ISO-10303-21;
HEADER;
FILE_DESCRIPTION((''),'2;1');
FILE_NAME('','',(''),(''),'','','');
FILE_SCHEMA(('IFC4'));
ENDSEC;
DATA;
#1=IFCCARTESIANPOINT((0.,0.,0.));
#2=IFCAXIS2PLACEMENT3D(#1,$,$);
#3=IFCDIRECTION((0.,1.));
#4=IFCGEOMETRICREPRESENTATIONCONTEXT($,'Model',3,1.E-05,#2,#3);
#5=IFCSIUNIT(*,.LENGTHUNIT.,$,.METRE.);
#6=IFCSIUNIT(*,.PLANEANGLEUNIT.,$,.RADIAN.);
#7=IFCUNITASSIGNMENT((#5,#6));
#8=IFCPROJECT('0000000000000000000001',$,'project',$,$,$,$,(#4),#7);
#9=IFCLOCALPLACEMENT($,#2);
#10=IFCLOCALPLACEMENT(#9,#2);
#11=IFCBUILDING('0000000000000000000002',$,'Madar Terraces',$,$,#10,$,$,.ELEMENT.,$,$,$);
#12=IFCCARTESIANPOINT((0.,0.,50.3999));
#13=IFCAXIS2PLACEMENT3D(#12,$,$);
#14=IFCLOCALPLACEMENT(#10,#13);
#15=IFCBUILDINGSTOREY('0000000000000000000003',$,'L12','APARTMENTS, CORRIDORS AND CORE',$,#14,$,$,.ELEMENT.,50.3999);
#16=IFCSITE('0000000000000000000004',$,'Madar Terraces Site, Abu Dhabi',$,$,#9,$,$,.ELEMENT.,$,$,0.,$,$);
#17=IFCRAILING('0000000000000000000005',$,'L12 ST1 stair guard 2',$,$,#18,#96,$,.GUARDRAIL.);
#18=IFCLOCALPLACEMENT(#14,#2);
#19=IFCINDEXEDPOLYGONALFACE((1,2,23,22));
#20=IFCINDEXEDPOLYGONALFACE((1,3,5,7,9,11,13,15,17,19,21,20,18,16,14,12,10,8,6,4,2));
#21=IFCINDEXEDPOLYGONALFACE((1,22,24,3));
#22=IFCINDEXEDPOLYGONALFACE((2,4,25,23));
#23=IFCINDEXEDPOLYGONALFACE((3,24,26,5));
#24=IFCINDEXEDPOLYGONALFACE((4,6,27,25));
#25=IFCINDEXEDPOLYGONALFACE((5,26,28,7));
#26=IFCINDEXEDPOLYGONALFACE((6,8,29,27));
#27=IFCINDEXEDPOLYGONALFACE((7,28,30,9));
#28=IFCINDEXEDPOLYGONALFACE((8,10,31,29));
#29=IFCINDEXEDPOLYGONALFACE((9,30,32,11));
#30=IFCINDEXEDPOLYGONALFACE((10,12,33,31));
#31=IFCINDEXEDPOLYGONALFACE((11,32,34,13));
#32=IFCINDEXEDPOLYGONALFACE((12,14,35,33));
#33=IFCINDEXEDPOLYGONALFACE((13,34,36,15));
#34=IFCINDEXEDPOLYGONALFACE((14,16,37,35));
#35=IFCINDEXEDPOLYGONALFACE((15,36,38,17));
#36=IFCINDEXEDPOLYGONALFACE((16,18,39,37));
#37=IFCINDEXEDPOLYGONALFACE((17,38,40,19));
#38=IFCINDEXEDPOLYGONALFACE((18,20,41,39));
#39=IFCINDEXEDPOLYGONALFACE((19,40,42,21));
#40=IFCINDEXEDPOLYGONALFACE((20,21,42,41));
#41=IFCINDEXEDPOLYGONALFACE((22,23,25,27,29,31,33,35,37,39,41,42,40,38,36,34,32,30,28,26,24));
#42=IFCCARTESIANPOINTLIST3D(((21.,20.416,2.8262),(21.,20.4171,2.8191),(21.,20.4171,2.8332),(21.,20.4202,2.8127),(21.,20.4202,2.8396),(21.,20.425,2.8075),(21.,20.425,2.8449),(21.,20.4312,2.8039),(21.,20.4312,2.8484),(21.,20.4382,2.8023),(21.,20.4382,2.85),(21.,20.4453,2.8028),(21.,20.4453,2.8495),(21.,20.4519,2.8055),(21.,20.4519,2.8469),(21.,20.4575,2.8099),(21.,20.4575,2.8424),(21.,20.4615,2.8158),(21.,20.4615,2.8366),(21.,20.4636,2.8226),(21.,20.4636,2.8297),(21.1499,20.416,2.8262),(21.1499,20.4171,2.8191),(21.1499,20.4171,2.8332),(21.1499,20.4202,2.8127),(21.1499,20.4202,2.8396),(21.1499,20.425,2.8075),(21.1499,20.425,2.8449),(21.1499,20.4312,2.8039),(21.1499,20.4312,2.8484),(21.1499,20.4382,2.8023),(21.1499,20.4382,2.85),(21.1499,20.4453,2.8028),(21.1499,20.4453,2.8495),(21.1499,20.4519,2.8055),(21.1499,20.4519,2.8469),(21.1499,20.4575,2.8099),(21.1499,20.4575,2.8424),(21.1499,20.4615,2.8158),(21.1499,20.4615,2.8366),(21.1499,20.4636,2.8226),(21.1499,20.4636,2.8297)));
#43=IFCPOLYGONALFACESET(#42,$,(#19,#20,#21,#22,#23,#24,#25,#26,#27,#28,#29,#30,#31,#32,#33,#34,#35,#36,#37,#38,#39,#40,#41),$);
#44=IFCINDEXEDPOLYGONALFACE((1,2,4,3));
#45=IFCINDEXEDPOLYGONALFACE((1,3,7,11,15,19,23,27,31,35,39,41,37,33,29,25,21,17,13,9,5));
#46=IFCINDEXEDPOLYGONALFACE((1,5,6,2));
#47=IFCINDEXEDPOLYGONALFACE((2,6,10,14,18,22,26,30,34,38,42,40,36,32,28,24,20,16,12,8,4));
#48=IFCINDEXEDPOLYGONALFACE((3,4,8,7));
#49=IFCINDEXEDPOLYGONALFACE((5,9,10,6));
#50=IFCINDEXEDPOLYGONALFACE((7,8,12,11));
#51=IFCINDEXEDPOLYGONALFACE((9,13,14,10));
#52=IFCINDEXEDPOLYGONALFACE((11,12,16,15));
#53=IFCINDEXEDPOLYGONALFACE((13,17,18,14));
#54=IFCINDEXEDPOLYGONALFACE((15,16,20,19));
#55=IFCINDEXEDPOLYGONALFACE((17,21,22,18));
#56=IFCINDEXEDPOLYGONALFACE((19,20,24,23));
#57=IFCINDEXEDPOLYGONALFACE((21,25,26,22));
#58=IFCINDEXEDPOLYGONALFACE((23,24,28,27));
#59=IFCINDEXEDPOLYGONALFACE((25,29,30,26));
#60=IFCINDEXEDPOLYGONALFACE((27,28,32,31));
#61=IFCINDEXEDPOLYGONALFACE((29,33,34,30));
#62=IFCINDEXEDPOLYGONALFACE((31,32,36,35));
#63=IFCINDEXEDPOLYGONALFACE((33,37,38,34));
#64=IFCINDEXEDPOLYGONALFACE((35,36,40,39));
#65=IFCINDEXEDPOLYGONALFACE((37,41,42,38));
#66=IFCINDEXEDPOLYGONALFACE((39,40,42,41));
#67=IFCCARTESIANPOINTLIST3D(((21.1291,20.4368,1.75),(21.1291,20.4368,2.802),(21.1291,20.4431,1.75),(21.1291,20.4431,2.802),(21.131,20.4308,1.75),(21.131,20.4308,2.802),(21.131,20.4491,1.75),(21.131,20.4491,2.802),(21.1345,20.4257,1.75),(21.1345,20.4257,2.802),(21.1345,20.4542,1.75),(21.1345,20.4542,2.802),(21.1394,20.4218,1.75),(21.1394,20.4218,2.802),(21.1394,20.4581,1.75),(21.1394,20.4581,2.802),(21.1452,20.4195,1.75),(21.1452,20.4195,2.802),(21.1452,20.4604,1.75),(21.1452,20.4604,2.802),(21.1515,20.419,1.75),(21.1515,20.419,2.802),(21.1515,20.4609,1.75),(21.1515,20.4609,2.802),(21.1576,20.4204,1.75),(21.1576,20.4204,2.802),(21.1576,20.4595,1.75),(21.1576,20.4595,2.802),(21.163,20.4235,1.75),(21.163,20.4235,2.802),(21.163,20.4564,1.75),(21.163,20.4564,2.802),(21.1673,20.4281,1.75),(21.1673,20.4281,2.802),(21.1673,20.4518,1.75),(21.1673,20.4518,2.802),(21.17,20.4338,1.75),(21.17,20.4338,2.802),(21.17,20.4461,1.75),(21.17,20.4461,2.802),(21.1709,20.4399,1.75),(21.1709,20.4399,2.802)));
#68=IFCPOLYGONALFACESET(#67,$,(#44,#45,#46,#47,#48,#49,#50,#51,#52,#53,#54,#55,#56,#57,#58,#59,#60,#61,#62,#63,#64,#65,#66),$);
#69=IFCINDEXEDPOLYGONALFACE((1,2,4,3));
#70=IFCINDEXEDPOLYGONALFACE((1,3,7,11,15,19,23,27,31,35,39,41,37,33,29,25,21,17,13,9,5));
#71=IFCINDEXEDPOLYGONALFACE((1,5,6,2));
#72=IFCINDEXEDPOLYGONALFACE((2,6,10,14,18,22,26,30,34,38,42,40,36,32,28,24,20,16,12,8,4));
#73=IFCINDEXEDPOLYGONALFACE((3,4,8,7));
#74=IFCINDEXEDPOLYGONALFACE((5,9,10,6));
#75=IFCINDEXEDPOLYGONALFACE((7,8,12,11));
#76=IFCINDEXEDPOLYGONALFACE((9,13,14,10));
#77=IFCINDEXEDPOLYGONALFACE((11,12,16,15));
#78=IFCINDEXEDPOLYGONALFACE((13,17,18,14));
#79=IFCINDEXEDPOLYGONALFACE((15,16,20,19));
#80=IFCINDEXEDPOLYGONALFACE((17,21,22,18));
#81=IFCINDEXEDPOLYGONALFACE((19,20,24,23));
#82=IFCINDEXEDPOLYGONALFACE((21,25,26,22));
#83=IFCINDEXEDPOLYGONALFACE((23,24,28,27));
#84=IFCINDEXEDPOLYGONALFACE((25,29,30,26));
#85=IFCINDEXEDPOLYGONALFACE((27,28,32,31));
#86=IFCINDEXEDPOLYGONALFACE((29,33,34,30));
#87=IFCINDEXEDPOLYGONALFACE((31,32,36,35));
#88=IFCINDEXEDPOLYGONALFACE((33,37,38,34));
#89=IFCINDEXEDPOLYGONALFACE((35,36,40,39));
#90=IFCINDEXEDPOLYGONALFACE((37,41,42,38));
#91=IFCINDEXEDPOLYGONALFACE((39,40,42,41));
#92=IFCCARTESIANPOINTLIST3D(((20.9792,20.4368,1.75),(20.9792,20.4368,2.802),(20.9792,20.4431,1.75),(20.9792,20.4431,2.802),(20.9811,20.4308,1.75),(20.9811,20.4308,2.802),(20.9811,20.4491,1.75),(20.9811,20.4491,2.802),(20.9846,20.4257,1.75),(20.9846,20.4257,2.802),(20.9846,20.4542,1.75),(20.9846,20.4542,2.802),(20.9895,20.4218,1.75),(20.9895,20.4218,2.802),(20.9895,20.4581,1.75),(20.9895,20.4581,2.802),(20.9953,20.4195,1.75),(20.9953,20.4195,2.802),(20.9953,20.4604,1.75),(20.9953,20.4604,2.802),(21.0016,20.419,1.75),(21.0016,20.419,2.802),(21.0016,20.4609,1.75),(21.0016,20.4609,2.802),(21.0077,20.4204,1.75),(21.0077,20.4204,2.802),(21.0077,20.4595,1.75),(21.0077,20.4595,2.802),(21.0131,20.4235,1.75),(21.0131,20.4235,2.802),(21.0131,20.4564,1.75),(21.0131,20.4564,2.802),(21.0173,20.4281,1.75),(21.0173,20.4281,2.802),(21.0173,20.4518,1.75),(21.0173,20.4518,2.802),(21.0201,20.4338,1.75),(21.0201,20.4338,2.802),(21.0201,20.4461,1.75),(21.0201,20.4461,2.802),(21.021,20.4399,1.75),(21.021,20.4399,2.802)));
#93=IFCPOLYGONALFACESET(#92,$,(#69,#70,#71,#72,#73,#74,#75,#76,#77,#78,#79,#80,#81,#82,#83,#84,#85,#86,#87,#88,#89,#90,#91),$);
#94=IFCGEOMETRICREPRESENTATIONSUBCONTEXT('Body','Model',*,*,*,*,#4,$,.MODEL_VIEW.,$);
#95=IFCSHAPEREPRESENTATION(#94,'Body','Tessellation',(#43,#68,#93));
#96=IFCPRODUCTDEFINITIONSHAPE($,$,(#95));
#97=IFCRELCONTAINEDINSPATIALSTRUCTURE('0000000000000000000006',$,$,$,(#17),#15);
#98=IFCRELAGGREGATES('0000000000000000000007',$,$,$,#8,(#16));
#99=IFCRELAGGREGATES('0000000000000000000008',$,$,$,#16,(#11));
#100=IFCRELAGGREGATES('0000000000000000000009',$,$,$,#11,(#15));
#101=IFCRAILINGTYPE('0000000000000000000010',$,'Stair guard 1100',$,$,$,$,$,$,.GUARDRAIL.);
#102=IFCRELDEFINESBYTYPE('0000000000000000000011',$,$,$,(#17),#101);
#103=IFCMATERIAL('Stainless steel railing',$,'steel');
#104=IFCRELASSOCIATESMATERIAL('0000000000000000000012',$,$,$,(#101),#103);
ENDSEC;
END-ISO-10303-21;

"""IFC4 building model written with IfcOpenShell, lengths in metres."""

from ifc_helpers import new_model, si_unit, direction, frame, origin, origin_2d, place, context, subcontext, project, spatial, circle, extrude, material, type_object, element, save


model = new_model("IFC4")

# Units and contexts
model_context = context("Model", 3, precision=1e-05, world=origin(), true_north=direction((0.0, 1.0)))
body_context = subcontext(model_context, "Body", "Model", "MODEL_VIEW")
ifc_project = project(units=[si_unit("LENGTHUNIT", "METRE"), si_unit("PLANEANGLEUNIT", "RADIAN")], contexts=[model_context])

# Site, building, storey
site_placement = place(None, origin())
site = spatial("IfcSite", under=ifc_project, at=site_placement, Name="Madar Terraces Site, Abu Dhabi", CompositionType="ELEMENT", RefElevation=0.0)
building_placement = place(site_placement, origin())
building = spatial("IfcBuilding", under=site, at=building_placement, Name="Madar Terraces", CompositionType="ELEMENT")
storey_placement = place(building_placement, frame((0.0, 0.0, 50.3999)))
storey = spatial("IfcBuildingStorey", under=building, at=storey_placement, Name="L12", Description="APARTMENTS, CORRIDORS AND CORE", CompositionType="ELEMENT", Elevation=50.3999)

# Railing
ifc_material_1 = material(Name="Stainless steel railing", Category="steel")
railing_type_1 = type_object("IfcRailingType", Name="Stair guard 1100", PredefinedType="GUARDRAIL", material=ifc_material_1)
railing_1_placement = place(storey_placement, frame((21.1499, 20.4399, 1.75)))
element("IfcRailing", 1, at=railing_1_placement, inside=storey, type_object=railing_type_1, Name="L12 ST1 stair guard 2", PredefinedType="GUARDRAIL", context=body_context, shape_type="SweptSolid", body=[
    extrude(circle(Radius=0.0239, at=origin_2d()), frame((0.0, 0.0, 1.0762), z_axis=(-1.0, 0.0, 0.0), x_axis=(0.0, -1.0, 0.0)), (0.0, 0.0, 1.0), 0.1499),
    extrude(circle(Radius=0.021, at=origin_2d()), origin(), (0.0, 0.0, 1.0), 1.052),
    extrude(circle(Radius=0.021, at=origin_2d()), frame((-0.1499, 0.0, 0.0)), (0.0, 0.0, 1.0), 1.052),
])

save(model, "model.ifc")
